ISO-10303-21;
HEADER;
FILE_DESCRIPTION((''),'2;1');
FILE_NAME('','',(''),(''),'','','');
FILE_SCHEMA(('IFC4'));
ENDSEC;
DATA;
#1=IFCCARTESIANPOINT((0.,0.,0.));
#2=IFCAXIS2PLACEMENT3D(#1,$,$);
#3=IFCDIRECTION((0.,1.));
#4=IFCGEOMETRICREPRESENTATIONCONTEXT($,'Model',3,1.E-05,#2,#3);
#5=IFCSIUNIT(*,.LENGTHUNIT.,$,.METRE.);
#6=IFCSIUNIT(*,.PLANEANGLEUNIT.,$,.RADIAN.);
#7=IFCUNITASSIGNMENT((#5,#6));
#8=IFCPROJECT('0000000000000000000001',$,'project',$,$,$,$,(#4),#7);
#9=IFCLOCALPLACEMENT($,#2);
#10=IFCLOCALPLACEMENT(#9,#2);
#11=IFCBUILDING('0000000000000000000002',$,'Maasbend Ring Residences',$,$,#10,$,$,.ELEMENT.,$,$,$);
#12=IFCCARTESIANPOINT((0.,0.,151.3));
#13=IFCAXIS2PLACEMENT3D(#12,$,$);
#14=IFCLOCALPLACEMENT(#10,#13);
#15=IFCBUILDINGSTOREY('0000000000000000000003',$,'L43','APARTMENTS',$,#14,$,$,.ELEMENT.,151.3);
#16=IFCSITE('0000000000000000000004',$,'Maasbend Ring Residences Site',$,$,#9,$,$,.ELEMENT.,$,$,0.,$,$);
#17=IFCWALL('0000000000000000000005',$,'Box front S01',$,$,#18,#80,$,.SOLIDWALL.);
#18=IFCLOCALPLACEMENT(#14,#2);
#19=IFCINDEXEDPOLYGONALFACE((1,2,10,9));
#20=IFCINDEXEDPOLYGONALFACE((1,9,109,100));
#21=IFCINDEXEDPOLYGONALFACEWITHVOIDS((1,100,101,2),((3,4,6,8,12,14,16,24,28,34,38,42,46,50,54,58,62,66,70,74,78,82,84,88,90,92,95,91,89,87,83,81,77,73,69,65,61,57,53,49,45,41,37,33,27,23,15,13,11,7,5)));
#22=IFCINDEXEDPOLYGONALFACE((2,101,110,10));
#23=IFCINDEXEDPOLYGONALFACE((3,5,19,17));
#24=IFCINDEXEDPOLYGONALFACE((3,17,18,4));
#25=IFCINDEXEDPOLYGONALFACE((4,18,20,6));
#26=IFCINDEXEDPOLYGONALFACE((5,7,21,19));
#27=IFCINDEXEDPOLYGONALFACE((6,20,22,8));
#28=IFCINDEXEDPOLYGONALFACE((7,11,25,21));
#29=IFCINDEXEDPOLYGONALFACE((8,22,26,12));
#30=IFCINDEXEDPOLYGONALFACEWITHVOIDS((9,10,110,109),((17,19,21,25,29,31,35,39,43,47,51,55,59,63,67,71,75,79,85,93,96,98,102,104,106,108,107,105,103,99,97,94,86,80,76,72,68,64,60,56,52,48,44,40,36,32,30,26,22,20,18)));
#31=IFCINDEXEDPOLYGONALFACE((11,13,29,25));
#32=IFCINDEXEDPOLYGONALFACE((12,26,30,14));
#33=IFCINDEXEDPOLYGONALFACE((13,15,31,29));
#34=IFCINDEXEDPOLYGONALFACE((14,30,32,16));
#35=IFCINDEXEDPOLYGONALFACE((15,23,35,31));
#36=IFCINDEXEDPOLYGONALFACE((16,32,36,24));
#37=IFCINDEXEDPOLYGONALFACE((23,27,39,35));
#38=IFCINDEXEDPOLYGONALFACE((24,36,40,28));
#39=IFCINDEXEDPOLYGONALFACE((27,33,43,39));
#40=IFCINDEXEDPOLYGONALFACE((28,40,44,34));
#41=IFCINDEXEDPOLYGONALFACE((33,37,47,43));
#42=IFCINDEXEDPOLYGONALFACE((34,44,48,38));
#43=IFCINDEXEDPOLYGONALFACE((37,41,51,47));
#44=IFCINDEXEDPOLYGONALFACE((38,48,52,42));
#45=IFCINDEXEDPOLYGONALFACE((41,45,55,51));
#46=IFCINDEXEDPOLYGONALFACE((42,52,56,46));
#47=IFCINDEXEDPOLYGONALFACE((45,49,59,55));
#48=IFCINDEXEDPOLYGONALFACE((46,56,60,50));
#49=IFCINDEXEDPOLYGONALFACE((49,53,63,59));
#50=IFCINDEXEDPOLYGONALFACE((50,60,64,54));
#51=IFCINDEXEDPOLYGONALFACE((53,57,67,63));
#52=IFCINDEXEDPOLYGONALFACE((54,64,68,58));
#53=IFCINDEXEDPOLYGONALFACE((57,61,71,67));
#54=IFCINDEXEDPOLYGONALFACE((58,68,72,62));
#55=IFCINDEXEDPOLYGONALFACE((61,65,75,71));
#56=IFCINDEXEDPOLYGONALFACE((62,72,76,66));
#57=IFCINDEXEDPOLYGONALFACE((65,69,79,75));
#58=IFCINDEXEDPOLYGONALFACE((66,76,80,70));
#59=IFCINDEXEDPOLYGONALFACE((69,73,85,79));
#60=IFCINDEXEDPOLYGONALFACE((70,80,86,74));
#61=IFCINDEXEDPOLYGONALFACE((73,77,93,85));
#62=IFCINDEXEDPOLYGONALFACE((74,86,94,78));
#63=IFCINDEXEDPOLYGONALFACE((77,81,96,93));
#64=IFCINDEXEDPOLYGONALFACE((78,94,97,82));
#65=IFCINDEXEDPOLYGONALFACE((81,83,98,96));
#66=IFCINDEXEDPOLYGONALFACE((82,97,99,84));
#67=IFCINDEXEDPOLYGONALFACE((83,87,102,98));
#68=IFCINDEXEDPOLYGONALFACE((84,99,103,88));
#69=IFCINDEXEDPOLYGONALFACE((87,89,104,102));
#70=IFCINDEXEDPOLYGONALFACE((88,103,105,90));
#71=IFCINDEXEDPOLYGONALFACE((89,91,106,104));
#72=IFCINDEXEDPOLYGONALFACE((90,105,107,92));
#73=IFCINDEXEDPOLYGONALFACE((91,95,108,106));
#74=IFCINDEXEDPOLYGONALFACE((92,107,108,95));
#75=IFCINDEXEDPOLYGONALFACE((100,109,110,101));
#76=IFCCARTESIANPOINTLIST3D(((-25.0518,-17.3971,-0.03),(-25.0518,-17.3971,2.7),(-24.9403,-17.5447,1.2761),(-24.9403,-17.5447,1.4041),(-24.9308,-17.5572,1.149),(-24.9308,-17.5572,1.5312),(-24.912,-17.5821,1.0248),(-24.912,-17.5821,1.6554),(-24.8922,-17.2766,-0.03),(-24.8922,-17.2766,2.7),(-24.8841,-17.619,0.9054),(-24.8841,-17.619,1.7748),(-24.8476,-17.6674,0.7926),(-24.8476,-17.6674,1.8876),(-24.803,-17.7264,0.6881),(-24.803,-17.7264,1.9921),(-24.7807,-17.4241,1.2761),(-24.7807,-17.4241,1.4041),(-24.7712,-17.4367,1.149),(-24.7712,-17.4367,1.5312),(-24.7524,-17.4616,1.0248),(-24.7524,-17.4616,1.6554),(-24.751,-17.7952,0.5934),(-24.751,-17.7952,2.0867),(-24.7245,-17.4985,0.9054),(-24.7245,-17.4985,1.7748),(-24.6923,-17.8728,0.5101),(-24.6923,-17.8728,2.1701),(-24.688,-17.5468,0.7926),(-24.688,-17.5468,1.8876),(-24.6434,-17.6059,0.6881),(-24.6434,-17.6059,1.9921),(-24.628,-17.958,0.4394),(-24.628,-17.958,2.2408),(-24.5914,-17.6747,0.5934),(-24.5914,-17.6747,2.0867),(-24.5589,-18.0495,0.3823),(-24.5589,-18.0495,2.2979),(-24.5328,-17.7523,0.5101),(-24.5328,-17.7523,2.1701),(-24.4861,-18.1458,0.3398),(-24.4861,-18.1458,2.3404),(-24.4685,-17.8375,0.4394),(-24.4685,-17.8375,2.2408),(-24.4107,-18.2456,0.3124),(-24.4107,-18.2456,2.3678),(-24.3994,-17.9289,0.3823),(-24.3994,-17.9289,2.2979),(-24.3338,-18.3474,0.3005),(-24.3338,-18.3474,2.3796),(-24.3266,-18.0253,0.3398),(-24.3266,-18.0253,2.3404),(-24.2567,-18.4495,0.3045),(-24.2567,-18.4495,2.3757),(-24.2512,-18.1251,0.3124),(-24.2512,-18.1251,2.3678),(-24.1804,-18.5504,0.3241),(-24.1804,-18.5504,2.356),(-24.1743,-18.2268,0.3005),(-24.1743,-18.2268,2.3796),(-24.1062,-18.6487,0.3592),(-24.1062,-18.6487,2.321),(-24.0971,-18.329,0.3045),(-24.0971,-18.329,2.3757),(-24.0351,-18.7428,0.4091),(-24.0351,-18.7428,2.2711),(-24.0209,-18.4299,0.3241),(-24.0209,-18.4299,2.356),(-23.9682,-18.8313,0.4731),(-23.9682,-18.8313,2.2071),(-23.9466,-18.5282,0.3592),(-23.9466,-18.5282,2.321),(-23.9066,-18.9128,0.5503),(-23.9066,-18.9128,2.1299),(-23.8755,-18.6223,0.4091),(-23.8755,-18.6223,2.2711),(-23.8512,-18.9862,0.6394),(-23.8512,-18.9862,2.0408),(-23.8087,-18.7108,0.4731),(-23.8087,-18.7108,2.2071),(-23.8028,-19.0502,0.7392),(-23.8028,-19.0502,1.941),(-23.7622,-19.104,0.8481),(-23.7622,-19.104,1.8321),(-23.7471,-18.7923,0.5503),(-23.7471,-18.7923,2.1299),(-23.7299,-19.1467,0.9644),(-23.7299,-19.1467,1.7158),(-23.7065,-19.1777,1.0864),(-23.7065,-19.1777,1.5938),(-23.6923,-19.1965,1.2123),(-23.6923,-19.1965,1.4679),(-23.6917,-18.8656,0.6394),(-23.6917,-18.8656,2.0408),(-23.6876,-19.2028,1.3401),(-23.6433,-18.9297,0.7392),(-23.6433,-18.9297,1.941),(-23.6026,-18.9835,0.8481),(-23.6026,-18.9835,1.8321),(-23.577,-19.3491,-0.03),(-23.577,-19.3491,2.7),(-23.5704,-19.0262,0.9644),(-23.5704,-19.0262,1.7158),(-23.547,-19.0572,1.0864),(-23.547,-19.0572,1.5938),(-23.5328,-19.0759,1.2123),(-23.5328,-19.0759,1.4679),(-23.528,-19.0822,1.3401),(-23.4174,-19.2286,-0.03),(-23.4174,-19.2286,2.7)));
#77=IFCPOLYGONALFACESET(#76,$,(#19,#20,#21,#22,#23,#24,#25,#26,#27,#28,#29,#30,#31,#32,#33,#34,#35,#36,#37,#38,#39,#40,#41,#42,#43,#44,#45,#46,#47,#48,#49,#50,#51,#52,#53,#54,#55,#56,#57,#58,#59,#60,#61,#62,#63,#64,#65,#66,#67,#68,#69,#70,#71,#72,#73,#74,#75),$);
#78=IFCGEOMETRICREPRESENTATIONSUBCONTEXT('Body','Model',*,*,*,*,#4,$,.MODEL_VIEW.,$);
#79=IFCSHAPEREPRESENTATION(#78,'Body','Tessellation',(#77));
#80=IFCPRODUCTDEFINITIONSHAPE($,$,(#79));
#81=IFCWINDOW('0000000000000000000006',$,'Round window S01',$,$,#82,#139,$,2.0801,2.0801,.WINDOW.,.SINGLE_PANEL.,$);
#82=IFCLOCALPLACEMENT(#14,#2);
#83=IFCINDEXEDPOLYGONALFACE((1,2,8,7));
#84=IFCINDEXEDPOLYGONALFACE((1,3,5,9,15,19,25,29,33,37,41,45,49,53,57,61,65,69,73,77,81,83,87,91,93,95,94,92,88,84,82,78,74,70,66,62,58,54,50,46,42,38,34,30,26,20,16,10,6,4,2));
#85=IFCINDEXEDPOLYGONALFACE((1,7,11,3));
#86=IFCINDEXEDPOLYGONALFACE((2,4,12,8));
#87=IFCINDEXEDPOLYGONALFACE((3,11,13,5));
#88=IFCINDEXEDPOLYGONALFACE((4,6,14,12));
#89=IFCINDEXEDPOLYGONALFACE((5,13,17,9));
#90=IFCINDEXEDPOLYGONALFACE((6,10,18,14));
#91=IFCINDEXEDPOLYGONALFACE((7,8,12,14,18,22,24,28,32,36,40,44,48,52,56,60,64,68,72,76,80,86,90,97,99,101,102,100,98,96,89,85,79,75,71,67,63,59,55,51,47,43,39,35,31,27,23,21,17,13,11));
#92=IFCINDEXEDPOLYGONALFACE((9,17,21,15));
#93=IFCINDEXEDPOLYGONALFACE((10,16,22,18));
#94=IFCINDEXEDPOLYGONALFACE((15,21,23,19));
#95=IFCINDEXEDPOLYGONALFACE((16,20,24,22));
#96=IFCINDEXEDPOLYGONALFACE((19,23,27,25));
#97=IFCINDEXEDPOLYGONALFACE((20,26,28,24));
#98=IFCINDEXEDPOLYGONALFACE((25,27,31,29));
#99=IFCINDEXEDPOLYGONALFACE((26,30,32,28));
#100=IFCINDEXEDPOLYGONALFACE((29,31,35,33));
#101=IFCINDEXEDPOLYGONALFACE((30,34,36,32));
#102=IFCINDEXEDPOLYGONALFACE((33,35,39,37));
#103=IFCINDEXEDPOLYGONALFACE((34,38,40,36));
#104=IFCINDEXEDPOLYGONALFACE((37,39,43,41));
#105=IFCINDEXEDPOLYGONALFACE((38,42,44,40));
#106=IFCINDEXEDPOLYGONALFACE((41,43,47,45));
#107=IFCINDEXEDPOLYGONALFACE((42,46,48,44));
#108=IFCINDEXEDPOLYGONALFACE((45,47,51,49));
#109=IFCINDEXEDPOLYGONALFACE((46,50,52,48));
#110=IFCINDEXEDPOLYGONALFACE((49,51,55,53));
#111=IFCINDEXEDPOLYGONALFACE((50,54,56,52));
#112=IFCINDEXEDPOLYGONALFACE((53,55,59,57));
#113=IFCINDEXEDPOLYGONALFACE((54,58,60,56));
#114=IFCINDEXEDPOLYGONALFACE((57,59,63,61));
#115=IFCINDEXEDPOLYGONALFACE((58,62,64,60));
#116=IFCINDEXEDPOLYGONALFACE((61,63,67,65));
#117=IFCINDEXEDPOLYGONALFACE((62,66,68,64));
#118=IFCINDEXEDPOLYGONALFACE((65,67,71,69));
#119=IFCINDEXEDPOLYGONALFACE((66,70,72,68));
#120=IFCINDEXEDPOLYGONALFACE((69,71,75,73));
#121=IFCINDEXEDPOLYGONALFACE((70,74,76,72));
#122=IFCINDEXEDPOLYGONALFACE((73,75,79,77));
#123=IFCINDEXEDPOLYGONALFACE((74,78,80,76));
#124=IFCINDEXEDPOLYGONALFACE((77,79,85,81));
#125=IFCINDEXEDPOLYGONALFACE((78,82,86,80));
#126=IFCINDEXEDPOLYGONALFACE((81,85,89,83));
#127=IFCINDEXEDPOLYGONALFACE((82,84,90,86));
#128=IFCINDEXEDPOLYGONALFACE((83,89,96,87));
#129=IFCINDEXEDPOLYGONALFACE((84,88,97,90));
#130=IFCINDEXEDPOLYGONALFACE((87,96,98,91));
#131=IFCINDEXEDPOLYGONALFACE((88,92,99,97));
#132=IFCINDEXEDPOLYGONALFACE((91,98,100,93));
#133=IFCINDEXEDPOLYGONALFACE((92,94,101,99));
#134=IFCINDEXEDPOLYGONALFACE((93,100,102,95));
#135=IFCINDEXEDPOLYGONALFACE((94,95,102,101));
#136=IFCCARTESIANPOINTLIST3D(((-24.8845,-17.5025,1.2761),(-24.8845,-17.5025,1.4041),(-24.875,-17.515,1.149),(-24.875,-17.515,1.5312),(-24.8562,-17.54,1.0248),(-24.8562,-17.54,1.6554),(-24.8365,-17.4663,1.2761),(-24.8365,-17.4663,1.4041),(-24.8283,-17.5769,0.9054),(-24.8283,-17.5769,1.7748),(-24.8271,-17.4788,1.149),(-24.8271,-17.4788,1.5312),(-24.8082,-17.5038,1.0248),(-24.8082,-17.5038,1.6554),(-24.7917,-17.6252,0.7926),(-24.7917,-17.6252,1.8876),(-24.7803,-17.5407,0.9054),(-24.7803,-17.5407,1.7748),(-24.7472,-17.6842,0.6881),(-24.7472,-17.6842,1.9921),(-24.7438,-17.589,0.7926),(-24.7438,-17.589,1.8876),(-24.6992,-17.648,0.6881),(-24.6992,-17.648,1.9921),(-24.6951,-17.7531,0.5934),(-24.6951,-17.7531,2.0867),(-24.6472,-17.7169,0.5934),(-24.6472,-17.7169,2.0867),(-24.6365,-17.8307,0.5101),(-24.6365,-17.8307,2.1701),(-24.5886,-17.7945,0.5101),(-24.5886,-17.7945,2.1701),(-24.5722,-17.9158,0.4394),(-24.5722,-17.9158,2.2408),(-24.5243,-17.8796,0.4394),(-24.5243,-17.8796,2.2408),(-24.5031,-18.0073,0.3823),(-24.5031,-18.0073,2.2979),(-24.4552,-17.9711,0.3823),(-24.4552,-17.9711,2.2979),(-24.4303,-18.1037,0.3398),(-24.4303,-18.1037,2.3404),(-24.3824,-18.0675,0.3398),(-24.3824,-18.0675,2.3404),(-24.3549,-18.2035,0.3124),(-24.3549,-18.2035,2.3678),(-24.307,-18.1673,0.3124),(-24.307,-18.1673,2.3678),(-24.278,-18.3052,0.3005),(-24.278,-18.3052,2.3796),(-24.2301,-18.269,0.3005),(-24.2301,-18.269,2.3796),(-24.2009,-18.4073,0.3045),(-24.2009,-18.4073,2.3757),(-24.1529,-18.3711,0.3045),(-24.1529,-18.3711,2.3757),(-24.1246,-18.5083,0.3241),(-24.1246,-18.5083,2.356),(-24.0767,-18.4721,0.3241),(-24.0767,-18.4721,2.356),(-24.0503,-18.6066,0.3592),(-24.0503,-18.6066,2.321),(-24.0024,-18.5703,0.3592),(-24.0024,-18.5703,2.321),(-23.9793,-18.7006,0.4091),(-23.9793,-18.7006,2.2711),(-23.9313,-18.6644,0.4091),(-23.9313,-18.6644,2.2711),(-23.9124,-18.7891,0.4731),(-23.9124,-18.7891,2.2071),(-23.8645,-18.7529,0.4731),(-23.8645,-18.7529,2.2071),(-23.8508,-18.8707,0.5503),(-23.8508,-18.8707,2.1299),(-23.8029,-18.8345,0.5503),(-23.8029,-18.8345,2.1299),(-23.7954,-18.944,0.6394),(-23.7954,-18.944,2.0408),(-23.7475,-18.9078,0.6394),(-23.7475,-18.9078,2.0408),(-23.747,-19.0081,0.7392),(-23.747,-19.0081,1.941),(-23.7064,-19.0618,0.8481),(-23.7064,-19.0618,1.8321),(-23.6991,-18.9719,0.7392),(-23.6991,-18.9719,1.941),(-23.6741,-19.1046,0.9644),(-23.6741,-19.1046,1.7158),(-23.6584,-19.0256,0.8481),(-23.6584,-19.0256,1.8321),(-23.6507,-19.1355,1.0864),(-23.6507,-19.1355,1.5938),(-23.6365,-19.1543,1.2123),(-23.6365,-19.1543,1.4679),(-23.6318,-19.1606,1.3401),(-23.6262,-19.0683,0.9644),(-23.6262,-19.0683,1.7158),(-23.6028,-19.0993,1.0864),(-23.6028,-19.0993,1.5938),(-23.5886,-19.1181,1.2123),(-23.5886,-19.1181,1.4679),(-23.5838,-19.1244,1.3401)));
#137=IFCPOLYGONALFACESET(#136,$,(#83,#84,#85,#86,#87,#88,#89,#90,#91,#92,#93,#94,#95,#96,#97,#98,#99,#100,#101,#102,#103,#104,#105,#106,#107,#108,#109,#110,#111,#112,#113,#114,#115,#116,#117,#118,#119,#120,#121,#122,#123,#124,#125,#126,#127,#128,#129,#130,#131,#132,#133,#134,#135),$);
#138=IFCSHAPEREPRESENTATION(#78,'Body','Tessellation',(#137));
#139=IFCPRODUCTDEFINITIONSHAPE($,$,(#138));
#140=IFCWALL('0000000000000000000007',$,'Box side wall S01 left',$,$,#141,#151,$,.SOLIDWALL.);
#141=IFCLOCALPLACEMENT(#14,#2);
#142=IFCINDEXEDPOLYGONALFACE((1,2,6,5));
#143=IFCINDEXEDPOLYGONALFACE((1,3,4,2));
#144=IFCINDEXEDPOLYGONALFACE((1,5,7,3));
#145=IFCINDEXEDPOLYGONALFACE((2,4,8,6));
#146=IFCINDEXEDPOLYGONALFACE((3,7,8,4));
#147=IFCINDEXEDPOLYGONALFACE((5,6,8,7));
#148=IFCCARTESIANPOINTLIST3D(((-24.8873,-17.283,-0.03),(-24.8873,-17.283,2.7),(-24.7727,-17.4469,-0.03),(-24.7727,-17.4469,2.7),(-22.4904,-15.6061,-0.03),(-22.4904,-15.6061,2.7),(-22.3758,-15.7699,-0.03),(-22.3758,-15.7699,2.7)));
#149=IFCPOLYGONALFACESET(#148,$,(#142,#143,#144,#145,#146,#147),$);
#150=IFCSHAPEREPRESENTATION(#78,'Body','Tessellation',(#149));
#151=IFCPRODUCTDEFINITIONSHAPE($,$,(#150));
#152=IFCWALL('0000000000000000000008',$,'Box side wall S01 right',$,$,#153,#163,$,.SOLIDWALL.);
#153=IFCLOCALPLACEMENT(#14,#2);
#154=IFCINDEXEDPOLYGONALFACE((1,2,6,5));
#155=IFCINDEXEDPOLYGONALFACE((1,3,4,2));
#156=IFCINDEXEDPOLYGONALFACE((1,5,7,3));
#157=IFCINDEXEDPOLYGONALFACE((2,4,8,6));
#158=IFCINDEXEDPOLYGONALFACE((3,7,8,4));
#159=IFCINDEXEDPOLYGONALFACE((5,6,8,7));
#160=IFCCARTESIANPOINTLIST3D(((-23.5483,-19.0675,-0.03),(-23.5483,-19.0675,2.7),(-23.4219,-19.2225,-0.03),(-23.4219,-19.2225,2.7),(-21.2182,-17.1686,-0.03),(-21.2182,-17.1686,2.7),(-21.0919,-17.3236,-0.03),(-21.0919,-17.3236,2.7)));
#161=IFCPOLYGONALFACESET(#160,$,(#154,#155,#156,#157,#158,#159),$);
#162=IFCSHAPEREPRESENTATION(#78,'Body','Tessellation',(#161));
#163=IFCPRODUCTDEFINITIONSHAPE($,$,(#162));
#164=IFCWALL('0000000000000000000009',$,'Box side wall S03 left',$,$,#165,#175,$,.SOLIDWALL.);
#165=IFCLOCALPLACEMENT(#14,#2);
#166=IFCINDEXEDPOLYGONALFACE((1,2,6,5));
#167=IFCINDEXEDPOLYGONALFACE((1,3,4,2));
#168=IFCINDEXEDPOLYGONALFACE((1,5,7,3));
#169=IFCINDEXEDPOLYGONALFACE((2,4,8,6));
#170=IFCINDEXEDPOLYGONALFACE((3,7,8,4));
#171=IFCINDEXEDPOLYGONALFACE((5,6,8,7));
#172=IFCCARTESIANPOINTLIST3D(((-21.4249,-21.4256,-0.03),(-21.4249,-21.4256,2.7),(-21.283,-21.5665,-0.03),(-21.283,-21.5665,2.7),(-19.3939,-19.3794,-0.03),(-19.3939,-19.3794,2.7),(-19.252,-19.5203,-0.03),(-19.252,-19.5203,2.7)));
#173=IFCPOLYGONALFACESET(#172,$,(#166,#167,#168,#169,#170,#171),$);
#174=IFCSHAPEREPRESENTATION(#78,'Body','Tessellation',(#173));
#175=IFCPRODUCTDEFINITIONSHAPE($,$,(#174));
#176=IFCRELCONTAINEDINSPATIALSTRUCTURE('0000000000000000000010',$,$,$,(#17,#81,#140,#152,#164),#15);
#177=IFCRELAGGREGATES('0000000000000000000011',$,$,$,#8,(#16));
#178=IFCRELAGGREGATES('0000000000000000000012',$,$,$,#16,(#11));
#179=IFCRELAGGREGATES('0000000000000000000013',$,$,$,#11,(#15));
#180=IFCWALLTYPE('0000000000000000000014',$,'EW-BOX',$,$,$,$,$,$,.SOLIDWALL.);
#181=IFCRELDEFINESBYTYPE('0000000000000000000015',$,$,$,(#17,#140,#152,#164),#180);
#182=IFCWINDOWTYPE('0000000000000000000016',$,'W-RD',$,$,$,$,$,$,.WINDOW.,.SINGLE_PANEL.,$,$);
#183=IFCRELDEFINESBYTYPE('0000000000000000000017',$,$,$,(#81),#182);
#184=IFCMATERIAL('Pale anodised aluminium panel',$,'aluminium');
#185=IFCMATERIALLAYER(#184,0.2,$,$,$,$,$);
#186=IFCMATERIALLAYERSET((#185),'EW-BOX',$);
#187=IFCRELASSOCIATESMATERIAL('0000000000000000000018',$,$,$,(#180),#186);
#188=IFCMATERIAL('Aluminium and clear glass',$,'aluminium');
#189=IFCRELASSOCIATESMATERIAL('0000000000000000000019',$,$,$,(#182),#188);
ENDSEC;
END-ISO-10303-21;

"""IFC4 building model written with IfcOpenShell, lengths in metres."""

from ifc_helpers import new_model, si_unit, direction, frame, frame_2d, origin, place, context, subcontext, project, spatial, rectangle, circle, extrude, material, layer, layer_set, type_object, element, fill, save


model = new_model("IFC4")

# Units and contexts
model_context = context("Model", 3, precision=1e-05, world=origin(), true_north=direction((0.0, 1.0)))
body_context = subcontext(model_context, "Body", "Model", "MODEL_VIEW")
ifc_project = project(units=[si_unit("LENGTHUNIT", "METRE"), si_unit("PLANEANGLEUNIT", "RADIAN")], contexts=[model_context])

# Site, building, storey
site_placement = place(None, origin())
site = spatial("IfcSite", under=ifc_project, at=site_placement, Name="Maasbend Ring Residences Site", CompositionType="ELEMENT", RefElevation=0.0)
building_placement = place(site_placement, origin())
building = spatial("IfcBuilding", under=site, at=building_placement, Name="Maasbend Ring Residences", CompositionType="ELEMENT")
storey_placement = place(building_placement, frame((0.0, 0.0, 151.3)))
storey = spatial("IfcBuildingStorey", under=building, at=storey_placement, Name="L43", Description="APARTMENTS", CompositionType="ELEMENT", Elevation=151.3)

# Wall, opening, window
ifc_material_1 = material(Name="Pale anodised aluminium panel", Category="aluminium")
ifc_layer_1 = layer(ifc_material_1, 0.2)
ifc_layer_set_1 = layer_set([ifc_layer_1], Name="EW-BOX")
wall_type_1 = type_object("IfcWallType", Name="EW-BOX", PredefinedType="SOLIDWALL", material=ifc_layer_set_1)
wall_1_placement = place(storey_placement, frame((-24.9719, -17.3369, -0.03), z_axis=(0.0, 0.0, 1.0), x_axis=(0.602806, -0.797888, 0.0)))
wall_1 = element("IfcWall", 1, at=wall_1_placement, inside=storey, type_object=wall_type_1, Name="Box front S01", PredefinedType="SOLIDWALL", context=body_context, shape_type="SweptSolid", body=[
    extrude(rectangle(XDim=2.4465, YDim=0.2, at=frame_2d((1.2231, 0.0))), origin(), (0.0, 0.0, 1.0), 2.73),
])
opening_1_placement = place(wall_1_placement, frame((0.1829, 0.0, 0.3301)))
opening_1 = element("IfcOpeningElement", 2, at=opening_1_placement, cuts=wall_1, PredefinedType="OPENING", context=body_context, shape_type="SweptSolid", body=[
    extrude(circle(Radius=1.04, at=frame_2d((1.04, 1.04))), frame((0.0, 0.1099, 0.0), z_axis=(0.0, -1.0, 0.0), x_axis=(1.0, 0.0, 0.0)), (0.0, 0.0, 1.0), 0.22),
])
ifc_material_2 = material(Name="Aluminium and clear glass", Category="aluminium")
window_type_1 = type_object("IfcWindowType", Name="W-RD", PartitioningType="SINGLE_PANEL", PredefinedType="WINDOW", material=ifc_material_2)
window_1_placement = place(opening_1_placement, origin())
window_1 = element("IfcWindow", 3, at=window_1_placement, inside=storey, type_object=window_type_1, Name="Round window S01", OverallHeight=2.0801, OverallWidth=2.0801, PartitioningType="SINGLE_PANEL", PredefinedType="WINDOW", context=body_context, shape_type="SweptSolid", body=[
    extrude(circle(Radius=1.04, at=frame_2d((1.04, 1.04))), frame((0.0, 0.03, 0.0), z_axis=(0.0, -1.0, 0.0), x_axis=(1.0, 0.0, 0.0)), (0.0, 0.0, 1.0), 0.0601),
])
fill(opening_1, window_1)

# Walls
wall_2_placement = place(storey_placement, frame((-22.4331, -15.688, -0.03), z_axis=(0.0, 0.0, 1.0), x_axis=(-0.819373, -0.573261, 0.0)))
element("IfcWall", 4, at=wall_2_placement, inside=storey, type_object=wall_type_1, Name="Box side wall S01 left", PredefinedType="SOLIDWALL", context=body_context, shape_type="SweptSolid", body=[
    extrude(rectangle(XDim=2.9253, YDim=0.2, at=frame_2d((1.4626, 0.0))), origin(), (0.0, 0.0, 1.0), 2.73),
])
wall_3_placement = place(storey_placement, frame((-21.155, -17.2461, -0.03), z_axis=(0.0, 0.0, 1.0), x_axis=(-0.775179, -0.631742, 0.0)))
element("IfcWall", 5, at=wall_3_placement, inside=storey, type_object=wall_type_1, Name="Box side wall S01 right", PredefinedType="SOLIDWALL", context=body_context, shape_type="SweptSolid", body=[
    extrude(rectangle(XDim=3.0059, YDim=0.2, at=frame_2d((1.5029, 0.0))), origin(), (0.0, 0.0, 1.0), 2.73),
])
wall_4_placement = place(storey_placement, frame((-19.323, -19.45, -0.03), z_axis=(0.0, 0.0, 1.0), x_axis=(-0.704477, -0.709727, 0.0)))
element("IfcWall", 6, at=wall_4_placement, inside=storey, type_object=wall_type_1, Name="Box side wall S03 left", PredefinedType="SOLIDWALL", context=body_context, shape_type="SweptSolid", body=[
    extrude(rectangle(XDim=2.8831, YDim=0.2, at=frame_2d((1.4414, 0.0))), origin(), (0.0, 0.0, 1.0), 2.73),
])

save(model, "model.ifc")
